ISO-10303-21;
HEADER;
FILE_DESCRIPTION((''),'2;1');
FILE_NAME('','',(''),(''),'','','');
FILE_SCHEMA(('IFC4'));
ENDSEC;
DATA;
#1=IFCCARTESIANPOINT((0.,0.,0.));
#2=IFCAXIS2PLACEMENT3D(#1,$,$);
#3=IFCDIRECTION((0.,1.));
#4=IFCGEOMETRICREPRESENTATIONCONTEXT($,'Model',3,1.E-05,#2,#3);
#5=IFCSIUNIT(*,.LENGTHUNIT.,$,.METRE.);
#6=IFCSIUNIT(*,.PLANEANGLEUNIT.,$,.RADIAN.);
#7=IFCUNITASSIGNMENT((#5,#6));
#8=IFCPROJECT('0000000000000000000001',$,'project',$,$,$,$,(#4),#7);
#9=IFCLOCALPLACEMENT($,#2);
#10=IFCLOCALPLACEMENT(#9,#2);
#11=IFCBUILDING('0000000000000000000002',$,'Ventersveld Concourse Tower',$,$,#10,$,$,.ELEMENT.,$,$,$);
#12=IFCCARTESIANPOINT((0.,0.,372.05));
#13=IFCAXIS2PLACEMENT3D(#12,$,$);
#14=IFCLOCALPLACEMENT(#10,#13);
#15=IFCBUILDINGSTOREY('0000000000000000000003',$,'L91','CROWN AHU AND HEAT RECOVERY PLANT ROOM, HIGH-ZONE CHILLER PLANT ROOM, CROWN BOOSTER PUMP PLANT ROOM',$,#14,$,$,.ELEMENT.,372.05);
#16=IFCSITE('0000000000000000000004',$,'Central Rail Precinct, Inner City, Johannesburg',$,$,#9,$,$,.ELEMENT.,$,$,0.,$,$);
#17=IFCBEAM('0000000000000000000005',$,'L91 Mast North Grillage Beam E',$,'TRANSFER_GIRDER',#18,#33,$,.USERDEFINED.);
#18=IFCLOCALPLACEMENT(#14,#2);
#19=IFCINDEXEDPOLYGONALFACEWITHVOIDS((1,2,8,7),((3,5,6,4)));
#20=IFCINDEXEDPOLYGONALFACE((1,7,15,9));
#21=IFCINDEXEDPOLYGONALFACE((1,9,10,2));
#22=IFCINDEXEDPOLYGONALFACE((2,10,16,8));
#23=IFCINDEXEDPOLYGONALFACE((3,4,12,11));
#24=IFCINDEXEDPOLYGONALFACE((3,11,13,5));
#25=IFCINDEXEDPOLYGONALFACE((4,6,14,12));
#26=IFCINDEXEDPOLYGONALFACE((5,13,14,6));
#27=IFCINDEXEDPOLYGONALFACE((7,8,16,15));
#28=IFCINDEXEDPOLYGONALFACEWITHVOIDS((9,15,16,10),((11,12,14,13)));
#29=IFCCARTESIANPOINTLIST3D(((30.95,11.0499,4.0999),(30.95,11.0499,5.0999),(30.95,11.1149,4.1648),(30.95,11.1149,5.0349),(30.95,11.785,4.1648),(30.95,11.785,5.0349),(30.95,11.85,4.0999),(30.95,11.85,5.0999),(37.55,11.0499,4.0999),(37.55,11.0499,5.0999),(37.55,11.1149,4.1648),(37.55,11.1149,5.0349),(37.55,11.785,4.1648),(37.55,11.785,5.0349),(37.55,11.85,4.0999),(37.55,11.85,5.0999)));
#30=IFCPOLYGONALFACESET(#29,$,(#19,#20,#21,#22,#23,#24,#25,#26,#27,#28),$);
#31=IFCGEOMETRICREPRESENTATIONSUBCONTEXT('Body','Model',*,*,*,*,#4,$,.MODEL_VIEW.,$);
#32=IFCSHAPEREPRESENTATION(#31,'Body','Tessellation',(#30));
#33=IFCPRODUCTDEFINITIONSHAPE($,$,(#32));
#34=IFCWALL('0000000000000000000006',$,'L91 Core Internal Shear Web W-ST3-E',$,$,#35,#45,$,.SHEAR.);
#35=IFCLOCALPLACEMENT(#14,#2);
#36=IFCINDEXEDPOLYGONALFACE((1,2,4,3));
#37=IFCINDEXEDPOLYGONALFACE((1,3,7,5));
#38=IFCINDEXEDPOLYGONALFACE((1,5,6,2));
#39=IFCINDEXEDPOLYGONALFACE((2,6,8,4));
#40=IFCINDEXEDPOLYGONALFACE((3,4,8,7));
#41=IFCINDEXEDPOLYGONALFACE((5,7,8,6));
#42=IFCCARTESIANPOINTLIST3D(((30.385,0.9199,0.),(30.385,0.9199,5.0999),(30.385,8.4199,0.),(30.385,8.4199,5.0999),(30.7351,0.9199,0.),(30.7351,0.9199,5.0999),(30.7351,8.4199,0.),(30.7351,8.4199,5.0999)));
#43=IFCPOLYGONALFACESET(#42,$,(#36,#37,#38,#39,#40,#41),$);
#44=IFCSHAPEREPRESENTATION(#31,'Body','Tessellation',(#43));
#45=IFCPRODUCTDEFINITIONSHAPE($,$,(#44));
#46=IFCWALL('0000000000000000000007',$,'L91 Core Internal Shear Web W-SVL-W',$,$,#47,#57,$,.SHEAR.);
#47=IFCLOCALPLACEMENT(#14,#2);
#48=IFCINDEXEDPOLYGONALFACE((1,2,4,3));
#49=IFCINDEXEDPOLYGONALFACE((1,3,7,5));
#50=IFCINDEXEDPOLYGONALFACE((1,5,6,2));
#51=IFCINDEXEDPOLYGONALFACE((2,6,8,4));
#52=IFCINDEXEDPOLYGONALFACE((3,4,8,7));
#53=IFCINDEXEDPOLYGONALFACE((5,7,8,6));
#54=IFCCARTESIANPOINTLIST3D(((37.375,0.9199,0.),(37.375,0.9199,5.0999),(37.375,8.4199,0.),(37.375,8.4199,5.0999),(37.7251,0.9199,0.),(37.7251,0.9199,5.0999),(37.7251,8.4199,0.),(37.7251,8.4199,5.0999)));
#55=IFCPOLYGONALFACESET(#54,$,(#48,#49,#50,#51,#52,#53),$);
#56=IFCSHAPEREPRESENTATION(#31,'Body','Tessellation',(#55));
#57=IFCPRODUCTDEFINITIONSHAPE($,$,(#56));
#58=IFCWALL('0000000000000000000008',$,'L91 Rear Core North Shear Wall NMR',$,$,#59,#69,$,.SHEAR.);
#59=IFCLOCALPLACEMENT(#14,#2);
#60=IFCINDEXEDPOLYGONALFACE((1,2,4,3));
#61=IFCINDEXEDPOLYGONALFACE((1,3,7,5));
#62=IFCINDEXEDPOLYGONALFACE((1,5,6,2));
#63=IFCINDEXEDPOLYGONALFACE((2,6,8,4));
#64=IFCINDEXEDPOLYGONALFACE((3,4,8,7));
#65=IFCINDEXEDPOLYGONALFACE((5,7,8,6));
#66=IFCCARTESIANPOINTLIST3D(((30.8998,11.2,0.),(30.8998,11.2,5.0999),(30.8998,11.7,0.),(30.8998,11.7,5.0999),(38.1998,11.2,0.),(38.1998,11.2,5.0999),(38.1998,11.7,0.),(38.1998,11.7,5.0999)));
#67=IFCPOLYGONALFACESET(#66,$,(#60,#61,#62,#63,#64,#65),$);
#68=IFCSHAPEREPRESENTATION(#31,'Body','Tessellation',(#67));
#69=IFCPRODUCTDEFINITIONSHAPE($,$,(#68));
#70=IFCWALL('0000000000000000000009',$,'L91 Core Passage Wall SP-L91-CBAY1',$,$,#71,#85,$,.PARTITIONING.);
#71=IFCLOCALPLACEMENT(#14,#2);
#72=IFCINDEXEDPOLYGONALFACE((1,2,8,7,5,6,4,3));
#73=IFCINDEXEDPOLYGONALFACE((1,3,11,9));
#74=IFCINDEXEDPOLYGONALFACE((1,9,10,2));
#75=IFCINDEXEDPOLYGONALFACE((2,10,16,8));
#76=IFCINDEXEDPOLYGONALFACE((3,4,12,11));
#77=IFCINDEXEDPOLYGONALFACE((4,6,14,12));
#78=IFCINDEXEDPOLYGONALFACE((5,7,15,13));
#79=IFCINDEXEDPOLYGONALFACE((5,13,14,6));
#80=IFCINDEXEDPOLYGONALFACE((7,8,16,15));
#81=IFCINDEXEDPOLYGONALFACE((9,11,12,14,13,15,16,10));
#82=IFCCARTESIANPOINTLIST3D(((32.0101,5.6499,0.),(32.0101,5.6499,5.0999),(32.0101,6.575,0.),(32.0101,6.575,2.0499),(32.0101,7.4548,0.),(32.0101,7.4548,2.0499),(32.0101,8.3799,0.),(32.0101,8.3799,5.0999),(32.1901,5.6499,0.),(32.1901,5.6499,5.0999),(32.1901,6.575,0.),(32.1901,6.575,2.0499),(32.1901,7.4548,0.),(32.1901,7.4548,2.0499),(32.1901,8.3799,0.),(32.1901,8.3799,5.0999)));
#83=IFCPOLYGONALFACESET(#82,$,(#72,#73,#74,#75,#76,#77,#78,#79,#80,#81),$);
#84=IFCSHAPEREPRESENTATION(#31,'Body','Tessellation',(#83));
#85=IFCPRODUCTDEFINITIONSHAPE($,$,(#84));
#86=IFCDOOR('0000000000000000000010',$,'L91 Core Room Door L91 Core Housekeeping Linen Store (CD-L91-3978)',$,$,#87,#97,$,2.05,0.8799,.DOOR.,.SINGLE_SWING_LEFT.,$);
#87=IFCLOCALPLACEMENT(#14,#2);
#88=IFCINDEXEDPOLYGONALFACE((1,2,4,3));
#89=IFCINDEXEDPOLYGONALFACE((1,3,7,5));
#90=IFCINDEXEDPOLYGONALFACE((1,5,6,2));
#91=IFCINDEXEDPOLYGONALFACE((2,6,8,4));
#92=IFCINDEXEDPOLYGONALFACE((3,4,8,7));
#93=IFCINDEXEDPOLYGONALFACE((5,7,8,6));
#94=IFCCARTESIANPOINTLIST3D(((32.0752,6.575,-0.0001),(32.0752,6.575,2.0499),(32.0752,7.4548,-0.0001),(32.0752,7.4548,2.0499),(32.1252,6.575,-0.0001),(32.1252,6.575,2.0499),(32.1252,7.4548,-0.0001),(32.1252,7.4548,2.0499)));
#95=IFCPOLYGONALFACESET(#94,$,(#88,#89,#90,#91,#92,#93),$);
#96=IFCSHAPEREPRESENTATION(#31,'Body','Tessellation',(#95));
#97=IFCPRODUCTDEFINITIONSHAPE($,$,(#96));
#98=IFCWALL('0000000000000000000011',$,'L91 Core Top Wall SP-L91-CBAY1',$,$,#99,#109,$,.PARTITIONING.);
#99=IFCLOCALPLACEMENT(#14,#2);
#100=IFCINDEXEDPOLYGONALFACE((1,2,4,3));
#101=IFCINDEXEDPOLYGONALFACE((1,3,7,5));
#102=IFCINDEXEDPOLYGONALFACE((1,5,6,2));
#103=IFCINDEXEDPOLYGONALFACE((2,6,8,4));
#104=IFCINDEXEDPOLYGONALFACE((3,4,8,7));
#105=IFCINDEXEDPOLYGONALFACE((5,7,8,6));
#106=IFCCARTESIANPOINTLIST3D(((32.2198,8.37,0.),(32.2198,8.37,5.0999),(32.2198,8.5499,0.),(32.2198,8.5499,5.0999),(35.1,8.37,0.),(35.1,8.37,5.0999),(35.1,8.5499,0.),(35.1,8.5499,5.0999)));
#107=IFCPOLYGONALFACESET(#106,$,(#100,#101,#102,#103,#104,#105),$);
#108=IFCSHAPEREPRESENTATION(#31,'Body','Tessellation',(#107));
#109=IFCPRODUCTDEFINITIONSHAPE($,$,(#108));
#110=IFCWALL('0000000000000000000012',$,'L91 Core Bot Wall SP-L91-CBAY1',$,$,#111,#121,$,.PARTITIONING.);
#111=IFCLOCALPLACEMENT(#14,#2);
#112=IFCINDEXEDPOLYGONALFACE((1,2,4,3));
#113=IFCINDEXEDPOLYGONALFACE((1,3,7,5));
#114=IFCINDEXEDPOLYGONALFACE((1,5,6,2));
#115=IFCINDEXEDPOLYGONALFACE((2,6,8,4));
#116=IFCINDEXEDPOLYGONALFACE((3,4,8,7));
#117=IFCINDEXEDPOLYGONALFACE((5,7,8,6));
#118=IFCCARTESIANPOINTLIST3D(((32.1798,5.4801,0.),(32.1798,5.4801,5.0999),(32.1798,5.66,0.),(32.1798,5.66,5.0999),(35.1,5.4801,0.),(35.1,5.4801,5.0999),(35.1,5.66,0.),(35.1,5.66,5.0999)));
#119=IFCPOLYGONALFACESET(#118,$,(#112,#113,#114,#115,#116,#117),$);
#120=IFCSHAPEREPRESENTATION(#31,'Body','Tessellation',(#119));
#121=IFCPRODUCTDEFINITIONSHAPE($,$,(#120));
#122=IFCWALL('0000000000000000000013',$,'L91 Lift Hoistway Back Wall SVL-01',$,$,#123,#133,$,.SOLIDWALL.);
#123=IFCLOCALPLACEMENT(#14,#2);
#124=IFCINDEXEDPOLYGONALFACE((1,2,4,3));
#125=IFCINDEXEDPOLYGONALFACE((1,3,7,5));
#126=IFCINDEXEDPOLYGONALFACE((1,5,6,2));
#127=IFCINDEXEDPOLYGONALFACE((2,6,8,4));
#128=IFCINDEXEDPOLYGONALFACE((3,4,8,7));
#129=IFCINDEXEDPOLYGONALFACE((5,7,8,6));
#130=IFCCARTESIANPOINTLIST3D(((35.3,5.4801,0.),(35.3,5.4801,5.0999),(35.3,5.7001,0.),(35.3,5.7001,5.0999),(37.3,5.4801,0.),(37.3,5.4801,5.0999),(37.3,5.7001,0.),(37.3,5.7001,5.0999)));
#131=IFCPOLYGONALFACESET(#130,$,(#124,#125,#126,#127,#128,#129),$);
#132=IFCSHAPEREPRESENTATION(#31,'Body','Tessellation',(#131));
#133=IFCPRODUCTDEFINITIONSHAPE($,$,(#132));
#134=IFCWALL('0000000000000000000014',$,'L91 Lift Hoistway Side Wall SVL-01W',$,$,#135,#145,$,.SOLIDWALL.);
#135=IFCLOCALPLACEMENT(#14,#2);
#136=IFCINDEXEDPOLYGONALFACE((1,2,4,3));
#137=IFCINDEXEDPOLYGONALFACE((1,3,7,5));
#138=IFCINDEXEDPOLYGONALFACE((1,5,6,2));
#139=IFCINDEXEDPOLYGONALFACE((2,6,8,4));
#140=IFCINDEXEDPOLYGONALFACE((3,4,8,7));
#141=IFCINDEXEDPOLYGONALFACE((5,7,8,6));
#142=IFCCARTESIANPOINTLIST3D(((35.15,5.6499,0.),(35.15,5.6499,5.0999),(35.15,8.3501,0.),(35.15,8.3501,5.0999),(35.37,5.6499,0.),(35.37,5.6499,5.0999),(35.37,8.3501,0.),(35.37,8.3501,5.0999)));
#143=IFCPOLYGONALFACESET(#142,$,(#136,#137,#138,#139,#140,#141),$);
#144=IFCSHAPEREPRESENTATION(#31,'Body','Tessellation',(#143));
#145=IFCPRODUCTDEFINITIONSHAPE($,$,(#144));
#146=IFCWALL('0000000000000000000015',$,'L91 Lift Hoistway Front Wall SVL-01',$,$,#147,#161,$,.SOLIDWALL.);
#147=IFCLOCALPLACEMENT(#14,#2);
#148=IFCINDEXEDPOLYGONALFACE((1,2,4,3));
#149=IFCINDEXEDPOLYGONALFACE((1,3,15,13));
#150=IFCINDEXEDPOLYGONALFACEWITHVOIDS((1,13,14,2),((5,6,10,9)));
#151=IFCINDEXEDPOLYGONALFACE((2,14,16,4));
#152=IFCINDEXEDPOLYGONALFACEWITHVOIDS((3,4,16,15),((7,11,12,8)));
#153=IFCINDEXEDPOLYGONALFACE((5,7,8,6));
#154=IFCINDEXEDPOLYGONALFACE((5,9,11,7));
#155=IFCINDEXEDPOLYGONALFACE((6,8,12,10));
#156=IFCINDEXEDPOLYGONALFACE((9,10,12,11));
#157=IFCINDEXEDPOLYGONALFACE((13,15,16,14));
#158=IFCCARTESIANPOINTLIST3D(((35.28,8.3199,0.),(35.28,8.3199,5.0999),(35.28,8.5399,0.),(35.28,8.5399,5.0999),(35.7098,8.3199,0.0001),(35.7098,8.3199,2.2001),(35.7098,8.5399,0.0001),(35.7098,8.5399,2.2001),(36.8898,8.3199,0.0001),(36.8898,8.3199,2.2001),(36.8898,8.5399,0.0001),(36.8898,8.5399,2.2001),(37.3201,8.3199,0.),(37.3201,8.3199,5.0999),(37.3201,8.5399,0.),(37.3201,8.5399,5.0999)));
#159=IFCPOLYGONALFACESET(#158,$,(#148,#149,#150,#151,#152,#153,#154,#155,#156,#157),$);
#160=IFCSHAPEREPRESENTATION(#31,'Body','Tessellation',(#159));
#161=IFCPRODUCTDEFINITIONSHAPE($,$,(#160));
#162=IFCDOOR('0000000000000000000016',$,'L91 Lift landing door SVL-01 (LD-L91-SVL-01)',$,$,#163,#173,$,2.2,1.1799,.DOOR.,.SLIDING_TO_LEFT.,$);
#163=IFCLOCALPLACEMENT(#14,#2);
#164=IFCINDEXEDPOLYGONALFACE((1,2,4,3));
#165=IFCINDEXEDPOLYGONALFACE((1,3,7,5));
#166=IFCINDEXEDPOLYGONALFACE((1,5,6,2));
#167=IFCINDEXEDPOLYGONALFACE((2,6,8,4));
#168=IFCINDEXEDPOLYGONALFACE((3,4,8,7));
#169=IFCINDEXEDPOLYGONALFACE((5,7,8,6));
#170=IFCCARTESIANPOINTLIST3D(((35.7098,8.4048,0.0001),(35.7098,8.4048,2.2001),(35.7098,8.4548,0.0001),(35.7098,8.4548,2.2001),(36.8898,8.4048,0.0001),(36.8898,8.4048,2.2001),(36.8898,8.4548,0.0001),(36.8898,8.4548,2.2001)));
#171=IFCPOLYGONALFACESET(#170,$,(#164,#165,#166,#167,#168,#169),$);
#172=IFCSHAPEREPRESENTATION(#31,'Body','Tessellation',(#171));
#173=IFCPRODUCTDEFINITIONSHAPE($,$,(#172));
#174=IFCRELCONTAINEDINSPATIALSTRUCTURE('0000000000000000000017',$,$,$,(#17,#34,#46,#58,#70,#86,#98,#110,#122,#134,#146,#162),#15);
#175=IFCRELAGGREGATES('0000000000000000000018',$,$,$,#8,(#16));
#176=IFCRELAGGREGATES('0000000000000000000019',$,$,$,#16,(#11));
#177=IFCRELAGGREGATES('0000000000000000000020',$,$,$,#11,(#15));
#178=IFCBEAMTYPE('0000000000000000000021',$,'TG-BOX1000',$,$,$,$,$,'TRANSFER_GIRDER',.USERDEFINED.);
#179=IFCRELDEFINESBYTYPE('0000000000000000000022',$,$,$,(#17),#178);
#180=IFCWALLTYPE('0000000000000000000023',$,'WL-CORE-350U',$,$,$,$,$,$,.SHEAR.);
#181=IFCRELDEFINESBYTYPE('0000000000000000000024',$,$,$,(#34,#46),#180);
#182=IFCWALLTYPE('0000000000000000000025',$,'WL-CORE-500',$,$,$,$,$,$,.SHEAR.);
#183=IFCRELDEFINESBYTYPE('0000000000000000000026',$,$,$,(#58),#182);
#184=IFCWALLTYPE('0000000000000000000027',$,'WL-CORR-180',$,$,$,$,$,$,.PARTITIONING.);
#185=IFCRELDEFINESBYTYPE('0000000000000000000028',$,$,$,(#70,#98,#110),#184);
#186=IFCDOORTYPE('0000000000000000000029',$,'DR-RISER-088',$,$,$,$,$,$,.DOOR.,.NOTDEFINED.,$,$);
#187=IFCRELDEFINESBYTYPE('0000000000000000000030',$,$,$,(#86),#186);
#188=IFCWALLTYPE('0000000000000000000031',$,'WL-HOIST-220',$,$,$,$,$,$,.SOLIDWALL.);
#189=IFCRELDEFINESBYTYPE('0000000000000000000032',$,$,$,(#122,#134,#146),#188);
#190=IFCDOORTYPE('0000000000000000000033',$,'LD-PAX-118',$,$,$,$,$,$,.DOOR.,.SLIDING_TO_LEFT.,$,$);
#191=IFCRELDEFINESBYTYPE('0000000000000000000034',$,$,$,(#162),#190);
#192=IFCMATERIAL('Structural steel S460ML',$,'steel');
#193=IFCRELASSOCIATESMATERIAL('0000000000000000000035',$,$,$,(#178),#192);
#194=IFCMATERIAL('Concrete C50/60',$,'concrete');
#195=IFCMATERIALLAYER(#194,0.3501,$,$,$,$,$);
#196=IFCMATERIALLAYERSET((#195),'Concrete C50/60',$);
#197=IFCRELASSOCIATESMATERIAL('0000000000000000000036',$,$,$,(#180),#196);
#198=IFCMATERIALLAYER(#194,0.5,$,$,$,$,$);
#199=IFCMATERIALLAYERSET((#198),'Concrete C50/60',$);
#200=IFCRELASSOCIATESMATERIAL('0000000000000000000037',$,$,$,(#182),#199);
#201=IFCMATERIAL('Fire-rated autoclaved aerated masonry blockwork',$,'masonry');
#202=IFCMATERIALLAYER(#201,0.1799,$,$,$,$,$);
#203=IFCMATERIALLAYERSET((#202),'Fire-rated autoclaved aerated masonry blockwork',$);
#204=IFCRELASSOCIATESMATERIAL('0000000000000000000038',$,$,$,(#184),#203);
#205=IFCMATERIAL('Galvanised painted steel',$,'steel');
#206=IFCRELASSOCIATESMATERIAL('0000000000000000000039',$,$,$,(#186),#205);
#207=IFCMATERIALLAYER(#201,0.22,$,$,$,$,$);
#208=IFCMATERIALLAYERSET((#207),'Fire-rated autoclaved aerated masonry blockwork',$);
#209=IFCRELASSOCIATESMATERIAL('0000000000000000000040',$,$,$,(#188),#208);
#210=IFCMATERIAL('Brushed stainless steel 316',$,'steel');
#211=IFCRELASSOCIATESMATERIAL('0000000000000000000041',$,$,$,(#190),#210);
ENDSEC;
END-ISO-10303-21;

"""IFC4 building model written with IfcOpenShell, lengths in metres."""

from ifc_helpers import new_model, si_unit, direction, frame, frame_2d, origin, origin_2d, place, context, subcontext, project, spatial, rectangle, hollow_rectangle, extrude, material, layer, layer_set, material_profile, profile_set, type_object, element, fill, save


model = new_model("IFC4")

# Units and contexts
model_context = context("Model", 3, precision=1e-05, world=origin(), true_north=direction((0.0, 1.0)))
body_context = subcontext(model_context, "Body", "Model", "MODEL_VIEW")
ifc_project = project(units=[si_unit("LENGTHUNIT", "METRE"), si_unit("PLANEANGLEUNIT", "RADIAN")], contexts=[model_context])

# Site, building, storey
site_placement = place(None, origin())
site = spatial("IfcSite", under=ifc_project, at=site_placement, Name="Central Rail Precinct, Inner City, Johannesburg", CompositionType="ELEMENT", RefElevation=0.0)
building_placement = place(site_placement, origin())
building = spatial("IfcBuilding", under=site, at=building_placement, Name="Ventersveld Concourse Tower", CompositionType="ELEMENT")
storey_placement = place(building_placement, frame((0.0, 0.0, 372.05)))
storey = spatial("IfcBuildingStorey", under=building, at=storey_placement, Name="L91", Description="CROWN AHU AND HEAT RECOVERY PLANT ROOM, HIGH-ZONE CHILLER PLANT ROOM, CROWN BOOSTER PUMP PLANT ROOM", CompositionType="ELEMENT", Elevation=372.05)

# Beam
ifc_material_1 = material(Name="Structural steel S460ML", Category="steel")
ifc_material_profile_1 = material_profile(ifc_material_1, hollow_rectangle(XDim=0.8, YDim=1.0, WallThickness=0.0649, at=origin_2d()), Name="BOX 1000x800x65")
ifc_profile_set_1 = profile_set([ifc_material_profile_1], Name="Structural steel S460ML")
beam_type_1 = type_object("IfcBeamType", Name="TG-BOX1000", ElementType="TRANSFER_GIRDER", PredefinedType="USERDEFINED", material=ifc_profile_set_1)
beam_1_placement = place(storey_placement, frame((30.95, 11.45, 4.5999), z_axis=(1.0, 0.0, 0.0), x_axis=(0.0, 1.0, 0.0)))
element("IfcBeam", 1, at=beam_1_placement, inside=storey, type_object=beam_type_1, Name="L91 Mast North Grillage Beam E", ObjectType="TRANSFER_GIRDER", PredefinedType="USERDEFINED", context=body_context, shape_type="SweptSolid", body=[
    extrude(hollow_rectangle(XDim=0.8, YDim=1.0, WallThickness=0.0649, at=origin_2d()), origin(), (0.0, 0.0, 1.0), 6.6001),
])

# Walls
ifc_material_2 = material(Name="Concrete C50/60", Category="concrete")
ifc_layer_1 = layer(ifc_material_2, 0.3501)
ifc_layer_set_1 = layer_set([ifc_layer_1], Name="Concrete C50/60")
wall_type_1 = type_object("IfcWallType", Name="WL-CORE-350U", PredefinedType="SHEAR", material=ifc_layer_set_1)
for number, where, z_axis, x_axis, name in (
    (2, (30.5601, 0.9199, 0.0), (0.0, 0.0, 1.0), (0.0, 1.0, 0.0), "L91 Core Internal Shear Web W-ST3-E"),
    (3, (37.55, 0.9199, 0.0), (0.0, 0.0, 1.0), (0.0, 1.0, 0.0), "L91 Core Internal Shear Web W-SVL-W"),
):
    element("IfcWall", number, at=place(storey_placement, frame(where, z_axis=z_axis, x_axis=x_axis)), inside=storey, type_object=wall_type_1, Name=name, PredefinedType="SHEAR", context=body_context, shape_type="SweptSolid", body=[
        extrude(rectangle(XDim=7.5, YDim=0.3501, at=frame_2d((3.75, 0.0))), origin(), (0.0, 0.0, 1.0), 5.0999),
    ])
ifc_layer_2 = layer(ifc_material_2, 0.5)
ifc_layer_set_2 = layer_set([ifc_layer_2], Name="Concrete C50/60")
wall_type_2 = type_object("IfcWallType", Name="WL-CORE-500", PredefinedType="SHEAR", material=ifc_layer_set_2)
wall_1_placement = place(storey_placement, frame((30.8999, 11.45, 0.0), z_axis=(0.0, 0.0, 1.0), x_axis=(1.0, 0.0, 0.0)))
element("IfcWall", 4, at=wall_1_placement, inside=storey, type_object=wall_type_2, Name="L91 Rear Core North Shear Wall NMR", PredefinedType="SHEAR", context=body_context, shape_type="SweptSolid", body=[
    extrude(rectangle(XDim=7.3, YDim=0.5, at=frame_2d((3.6499, 0.0))), origin(), (0.0, 0.0, 1.0), 5.0999),
])

# Wall, opening, door
ifc_material_3 = material(Name="Fire-rated autoclaved aerated masonry blockwork", Category="masonry")
ifc_layer_3 = layer(ifc_material_3, 0.1799)
ifc_layer_set_3 = layer_set([ifc_layer_3], Name="Fire-rated autoclaved aerated masonry blockwork")
wall_type_3 = type_object("IfcWallType", Name="WL-CORR-180", PredefinedType="PARTITIONING", material=ifc_layer_set_3)
wall_2_placement = place(storey_placement, frame((32.1001, 5.6499, 0.0), z_axis=(0.0, 0.0, 1.0), x_axis=(0.0, 1.0, 0.0)))
wall_2 = element("IfcWall", 5, at=wall_2_placement, inside=storey, type_object=wall_type_3, Name="L91 Core Passage Wall SP-L91-CBAY1", PredefinedType="PARTITIONING", context=body_context, shape_type="SweptSolid", body=[
    extrude(rectangle(XDim=2.73, YDim=0.1799, at=frame_2d((1.365, 0.0))), origin(), (0.0, 0.0, 1.0), 5.0999),
])
opening_1_placement = place(wall_2_placement, frame((0.925, 0.0, 0.0)))
opening_1 = element("IfcOpeningElement", 6, at=opening_1_placement, cuts=wall_2, PredefinedType="OPENING", context=body_context, shape_type="SweptSolid", body=[
    extrude(rectangle(XDim=0.8799, YDim=2.05, at=frame_2d((0.4399, 1.0249))), frame((0.0, 0.1001, 0.0), z_axis=(0.0, -1.0, 0.0), x_axis=(1.0, 0.0, 0.0)), (0.0, 0.0, 1.0), 0.2),
])
ifc_material_4 = material(Name="Galvanised painted steel", Category="steel")
door_type_1 = type_object("IfcDoorType", Name="DR-RISER-088", OperationType="NOTDEFINED", PredefinedType="DOOR", material=ifc_material_4)
door_1_placement = place(opening_1_placement, origin())
door_1 = element("IfcDoor", 7, at=door_1_placement, inside=storey, type_object=door_type_1, Name="L91 Core Room Door L91 Core Housekeeping Linen Store (CD-L91-3978)", OperationType="SINGLE_SWING_LEFT", OverallHeight=2.05, OverallWidth=0.8799, PredefinedType="DOOR", context=body_context, shape_type="SweptSolid", body=[
    extrude(rectangle(XDim=0.8799, YDim=2.05, at=frame_2d((0.4399, 1.0249))), frame((0.0, 0.0249, 0.0), z_axis=(0.0, -1.0, 0.0), x_axis=(1.0, 0.0, 0.0)), (0.0, 0.0, 1.0), 0.05),
])
fill(opening_1, door_1)

# Walls
wall_3_placement = place(storey_placement, frame((32.22, 8.46, 0.0), z_axis=(0.0, 0.0, 1.0), x_axis=(1.0, 0.0, 0.0)))
element("IfcWall", 8, at=wall_3_placement, inside=storey, type_object=wall_type_3, Name="L91 Core Top Wall SP-L91-CBAY1", PredefinedType="PARTITIONING", context=body_context, shape_type="SweptSolid", body=[
    extrude(rectangle(XDim=2.8801, YDim=0.1799, at=frame_2d((1.4399, 0.0))), origin(), (0.0, 0.0, 1.0), 5.0999),
])
wall_4_placement = place(storey_placement, frame((32.1799, 5.5701, 0.0), z_axis=(0.0, 0.0, 1.0), x_axis=(1.0, 0.0, 0.0)))
element("IfcWall", 9, at=wall_4_placement, inside=storey, type_object=wall_type_3, Name="L91 Core Bot Wall SP-L91-CBAY1", PredefinedType="PARTITIONING", context=body_context, shape_type="SweptSolid", body=[
    extrude(rectangle(XDim=2.9202, YDim=0.1799, at=frame_2d((1.46, 0.0))), origin(), (0.0, 0.0, 1.0), 5.0999),
])
ifc_layer_4 = layer(ifc_material_3, 0.22)
ifc_layer_set_4 = layer_set([ifc_layer_4], Name="Fire-rated autoclaved aerated masonry blockwork")
wall_type_4 = type_object("IfcWallType", Name="WL-HOIST-220", PredefinedType="SOLIDWALL", material=ifc_layer_set_4)
wall_5_placement = place(storey_placement, frame((35.3, 5.5901, 0.0), z_axis=(0.0, 0.0, 1.0), x_axis=(1.0, 0.0, 0.0)))
element("IfcWall", 10, at=wall_5_placement, inside=storey, type_object=wall_type_4, Name="L91 Lift Hoistway Back Wall SVL-01", PredefinedType="SOLIDWALL", context=body_context, shape_type="SweptSolid", body=[
    extrude(rectangle(XDim=2.0, YDim=0.22, at=frame_2d((1.0, 0.0))), origin(), (0.0, 0.0, 1.0), 5.0999),
])
wall_6_placement = place(storey_placement, frame((35.26, 5.6499, 0.0), z_axis=(0.0, 0.0, 1.0), x_axis=(0.0, 1.0, 0.0)))
element("IfcWall", 11, at=wall_6_placement, inside=storey, type_object=wall_type_4, Name="L91 Lift Hoistway Side Wall SVL-01W", PredefinedType="SOLIDWALL", context=body_context, shape_type="SweptSolid", body=[
    extrude(rectangle(XDim=2.7002, YDim=0.22, at=frame_2d((1.3501, 0.0))), origin(), (0.0, 0.0, 1.0), 5.0999),
])

# Wall, opening, door
wall_7_placement = place(storey_placement, frame((35.28, 8.4299, 0.0), z_axis=(0.0, 0.0, 1.0), x_axis=(1.0, 0.0, 0.0)))
wall_7 = element("IfcWall", 12, at=wall_7_placement, inside=storey, type_object=wall_type_4, Name="L91 Lift Hoistway Front Wall SVL-01", PredefinedType="SOLIDWALL", context=body_context, shape_type="SweptSolid", body=[
    extrude(rectangle(XDim=2.04, YDim=0.22, at=frame_2d((1.02, 0.0))), origin(), (0.0, 0.0, 1.0), 5.0999),
])
opening_2_placement = place(wall_7_placement, frame((0.4299, 0.0, 0.0)))
opening_2 = element("IfcOpeningElement", 13, at=opening_2_placement, cuts=wall_7, PredefinedType="OPENING", context=body_context, shape_type="SweptSolid", body=[
    extrude(rectangle(XDim=1.1799, YDim=2.2, at=frame_2d((0.5898, 1.1001))), frame((0.0, 0.1201, 0.0), z_axis=(0.0, -1.0, 0.0), x_axis=(1.0, 0.0, 0.0)), (0.0, 0.0, 1.0), 0.24),
])
ifc_material_5 = material(Name="Brushed stainless steel 316", Category="steel")
door_type_2 = type_object("IfcDoorType", Name="LD-PAX-118", OperationType="SLIDING_TO_LEFT", PredefinedType="DOOR", material=ifc_material_5)
door_2_placement = place(opening_2_placement, origin())
door_2 = element("IfcDoor", 14, at=door_2_placement, inside=storey, type_object=door_type_2, Name="L91 Lift landing door SVL-01 (LD-L91-SVL-01)", OperationType="SLIDING_TO_LEFT", OverallHeight=2.2, OverallWidth=1.1799, PredefinedType="DOOR", context=body_context, shape_type="SweptSolid", body=[
    extrude(rectangle(XDim=1.1799, YDim=2.2, at=frame_2d((0.5898, 1.1001))), frame((0.0, 0.0249, 0.0), z_axis=(0.0, -1.0, 0.0), x_axis=(1.0, 0.0, 0.0)), (0.0, 0.0, 1.0), 0.05),
])
fill(opening_2, door_2)

save(model, "model.ifc")
